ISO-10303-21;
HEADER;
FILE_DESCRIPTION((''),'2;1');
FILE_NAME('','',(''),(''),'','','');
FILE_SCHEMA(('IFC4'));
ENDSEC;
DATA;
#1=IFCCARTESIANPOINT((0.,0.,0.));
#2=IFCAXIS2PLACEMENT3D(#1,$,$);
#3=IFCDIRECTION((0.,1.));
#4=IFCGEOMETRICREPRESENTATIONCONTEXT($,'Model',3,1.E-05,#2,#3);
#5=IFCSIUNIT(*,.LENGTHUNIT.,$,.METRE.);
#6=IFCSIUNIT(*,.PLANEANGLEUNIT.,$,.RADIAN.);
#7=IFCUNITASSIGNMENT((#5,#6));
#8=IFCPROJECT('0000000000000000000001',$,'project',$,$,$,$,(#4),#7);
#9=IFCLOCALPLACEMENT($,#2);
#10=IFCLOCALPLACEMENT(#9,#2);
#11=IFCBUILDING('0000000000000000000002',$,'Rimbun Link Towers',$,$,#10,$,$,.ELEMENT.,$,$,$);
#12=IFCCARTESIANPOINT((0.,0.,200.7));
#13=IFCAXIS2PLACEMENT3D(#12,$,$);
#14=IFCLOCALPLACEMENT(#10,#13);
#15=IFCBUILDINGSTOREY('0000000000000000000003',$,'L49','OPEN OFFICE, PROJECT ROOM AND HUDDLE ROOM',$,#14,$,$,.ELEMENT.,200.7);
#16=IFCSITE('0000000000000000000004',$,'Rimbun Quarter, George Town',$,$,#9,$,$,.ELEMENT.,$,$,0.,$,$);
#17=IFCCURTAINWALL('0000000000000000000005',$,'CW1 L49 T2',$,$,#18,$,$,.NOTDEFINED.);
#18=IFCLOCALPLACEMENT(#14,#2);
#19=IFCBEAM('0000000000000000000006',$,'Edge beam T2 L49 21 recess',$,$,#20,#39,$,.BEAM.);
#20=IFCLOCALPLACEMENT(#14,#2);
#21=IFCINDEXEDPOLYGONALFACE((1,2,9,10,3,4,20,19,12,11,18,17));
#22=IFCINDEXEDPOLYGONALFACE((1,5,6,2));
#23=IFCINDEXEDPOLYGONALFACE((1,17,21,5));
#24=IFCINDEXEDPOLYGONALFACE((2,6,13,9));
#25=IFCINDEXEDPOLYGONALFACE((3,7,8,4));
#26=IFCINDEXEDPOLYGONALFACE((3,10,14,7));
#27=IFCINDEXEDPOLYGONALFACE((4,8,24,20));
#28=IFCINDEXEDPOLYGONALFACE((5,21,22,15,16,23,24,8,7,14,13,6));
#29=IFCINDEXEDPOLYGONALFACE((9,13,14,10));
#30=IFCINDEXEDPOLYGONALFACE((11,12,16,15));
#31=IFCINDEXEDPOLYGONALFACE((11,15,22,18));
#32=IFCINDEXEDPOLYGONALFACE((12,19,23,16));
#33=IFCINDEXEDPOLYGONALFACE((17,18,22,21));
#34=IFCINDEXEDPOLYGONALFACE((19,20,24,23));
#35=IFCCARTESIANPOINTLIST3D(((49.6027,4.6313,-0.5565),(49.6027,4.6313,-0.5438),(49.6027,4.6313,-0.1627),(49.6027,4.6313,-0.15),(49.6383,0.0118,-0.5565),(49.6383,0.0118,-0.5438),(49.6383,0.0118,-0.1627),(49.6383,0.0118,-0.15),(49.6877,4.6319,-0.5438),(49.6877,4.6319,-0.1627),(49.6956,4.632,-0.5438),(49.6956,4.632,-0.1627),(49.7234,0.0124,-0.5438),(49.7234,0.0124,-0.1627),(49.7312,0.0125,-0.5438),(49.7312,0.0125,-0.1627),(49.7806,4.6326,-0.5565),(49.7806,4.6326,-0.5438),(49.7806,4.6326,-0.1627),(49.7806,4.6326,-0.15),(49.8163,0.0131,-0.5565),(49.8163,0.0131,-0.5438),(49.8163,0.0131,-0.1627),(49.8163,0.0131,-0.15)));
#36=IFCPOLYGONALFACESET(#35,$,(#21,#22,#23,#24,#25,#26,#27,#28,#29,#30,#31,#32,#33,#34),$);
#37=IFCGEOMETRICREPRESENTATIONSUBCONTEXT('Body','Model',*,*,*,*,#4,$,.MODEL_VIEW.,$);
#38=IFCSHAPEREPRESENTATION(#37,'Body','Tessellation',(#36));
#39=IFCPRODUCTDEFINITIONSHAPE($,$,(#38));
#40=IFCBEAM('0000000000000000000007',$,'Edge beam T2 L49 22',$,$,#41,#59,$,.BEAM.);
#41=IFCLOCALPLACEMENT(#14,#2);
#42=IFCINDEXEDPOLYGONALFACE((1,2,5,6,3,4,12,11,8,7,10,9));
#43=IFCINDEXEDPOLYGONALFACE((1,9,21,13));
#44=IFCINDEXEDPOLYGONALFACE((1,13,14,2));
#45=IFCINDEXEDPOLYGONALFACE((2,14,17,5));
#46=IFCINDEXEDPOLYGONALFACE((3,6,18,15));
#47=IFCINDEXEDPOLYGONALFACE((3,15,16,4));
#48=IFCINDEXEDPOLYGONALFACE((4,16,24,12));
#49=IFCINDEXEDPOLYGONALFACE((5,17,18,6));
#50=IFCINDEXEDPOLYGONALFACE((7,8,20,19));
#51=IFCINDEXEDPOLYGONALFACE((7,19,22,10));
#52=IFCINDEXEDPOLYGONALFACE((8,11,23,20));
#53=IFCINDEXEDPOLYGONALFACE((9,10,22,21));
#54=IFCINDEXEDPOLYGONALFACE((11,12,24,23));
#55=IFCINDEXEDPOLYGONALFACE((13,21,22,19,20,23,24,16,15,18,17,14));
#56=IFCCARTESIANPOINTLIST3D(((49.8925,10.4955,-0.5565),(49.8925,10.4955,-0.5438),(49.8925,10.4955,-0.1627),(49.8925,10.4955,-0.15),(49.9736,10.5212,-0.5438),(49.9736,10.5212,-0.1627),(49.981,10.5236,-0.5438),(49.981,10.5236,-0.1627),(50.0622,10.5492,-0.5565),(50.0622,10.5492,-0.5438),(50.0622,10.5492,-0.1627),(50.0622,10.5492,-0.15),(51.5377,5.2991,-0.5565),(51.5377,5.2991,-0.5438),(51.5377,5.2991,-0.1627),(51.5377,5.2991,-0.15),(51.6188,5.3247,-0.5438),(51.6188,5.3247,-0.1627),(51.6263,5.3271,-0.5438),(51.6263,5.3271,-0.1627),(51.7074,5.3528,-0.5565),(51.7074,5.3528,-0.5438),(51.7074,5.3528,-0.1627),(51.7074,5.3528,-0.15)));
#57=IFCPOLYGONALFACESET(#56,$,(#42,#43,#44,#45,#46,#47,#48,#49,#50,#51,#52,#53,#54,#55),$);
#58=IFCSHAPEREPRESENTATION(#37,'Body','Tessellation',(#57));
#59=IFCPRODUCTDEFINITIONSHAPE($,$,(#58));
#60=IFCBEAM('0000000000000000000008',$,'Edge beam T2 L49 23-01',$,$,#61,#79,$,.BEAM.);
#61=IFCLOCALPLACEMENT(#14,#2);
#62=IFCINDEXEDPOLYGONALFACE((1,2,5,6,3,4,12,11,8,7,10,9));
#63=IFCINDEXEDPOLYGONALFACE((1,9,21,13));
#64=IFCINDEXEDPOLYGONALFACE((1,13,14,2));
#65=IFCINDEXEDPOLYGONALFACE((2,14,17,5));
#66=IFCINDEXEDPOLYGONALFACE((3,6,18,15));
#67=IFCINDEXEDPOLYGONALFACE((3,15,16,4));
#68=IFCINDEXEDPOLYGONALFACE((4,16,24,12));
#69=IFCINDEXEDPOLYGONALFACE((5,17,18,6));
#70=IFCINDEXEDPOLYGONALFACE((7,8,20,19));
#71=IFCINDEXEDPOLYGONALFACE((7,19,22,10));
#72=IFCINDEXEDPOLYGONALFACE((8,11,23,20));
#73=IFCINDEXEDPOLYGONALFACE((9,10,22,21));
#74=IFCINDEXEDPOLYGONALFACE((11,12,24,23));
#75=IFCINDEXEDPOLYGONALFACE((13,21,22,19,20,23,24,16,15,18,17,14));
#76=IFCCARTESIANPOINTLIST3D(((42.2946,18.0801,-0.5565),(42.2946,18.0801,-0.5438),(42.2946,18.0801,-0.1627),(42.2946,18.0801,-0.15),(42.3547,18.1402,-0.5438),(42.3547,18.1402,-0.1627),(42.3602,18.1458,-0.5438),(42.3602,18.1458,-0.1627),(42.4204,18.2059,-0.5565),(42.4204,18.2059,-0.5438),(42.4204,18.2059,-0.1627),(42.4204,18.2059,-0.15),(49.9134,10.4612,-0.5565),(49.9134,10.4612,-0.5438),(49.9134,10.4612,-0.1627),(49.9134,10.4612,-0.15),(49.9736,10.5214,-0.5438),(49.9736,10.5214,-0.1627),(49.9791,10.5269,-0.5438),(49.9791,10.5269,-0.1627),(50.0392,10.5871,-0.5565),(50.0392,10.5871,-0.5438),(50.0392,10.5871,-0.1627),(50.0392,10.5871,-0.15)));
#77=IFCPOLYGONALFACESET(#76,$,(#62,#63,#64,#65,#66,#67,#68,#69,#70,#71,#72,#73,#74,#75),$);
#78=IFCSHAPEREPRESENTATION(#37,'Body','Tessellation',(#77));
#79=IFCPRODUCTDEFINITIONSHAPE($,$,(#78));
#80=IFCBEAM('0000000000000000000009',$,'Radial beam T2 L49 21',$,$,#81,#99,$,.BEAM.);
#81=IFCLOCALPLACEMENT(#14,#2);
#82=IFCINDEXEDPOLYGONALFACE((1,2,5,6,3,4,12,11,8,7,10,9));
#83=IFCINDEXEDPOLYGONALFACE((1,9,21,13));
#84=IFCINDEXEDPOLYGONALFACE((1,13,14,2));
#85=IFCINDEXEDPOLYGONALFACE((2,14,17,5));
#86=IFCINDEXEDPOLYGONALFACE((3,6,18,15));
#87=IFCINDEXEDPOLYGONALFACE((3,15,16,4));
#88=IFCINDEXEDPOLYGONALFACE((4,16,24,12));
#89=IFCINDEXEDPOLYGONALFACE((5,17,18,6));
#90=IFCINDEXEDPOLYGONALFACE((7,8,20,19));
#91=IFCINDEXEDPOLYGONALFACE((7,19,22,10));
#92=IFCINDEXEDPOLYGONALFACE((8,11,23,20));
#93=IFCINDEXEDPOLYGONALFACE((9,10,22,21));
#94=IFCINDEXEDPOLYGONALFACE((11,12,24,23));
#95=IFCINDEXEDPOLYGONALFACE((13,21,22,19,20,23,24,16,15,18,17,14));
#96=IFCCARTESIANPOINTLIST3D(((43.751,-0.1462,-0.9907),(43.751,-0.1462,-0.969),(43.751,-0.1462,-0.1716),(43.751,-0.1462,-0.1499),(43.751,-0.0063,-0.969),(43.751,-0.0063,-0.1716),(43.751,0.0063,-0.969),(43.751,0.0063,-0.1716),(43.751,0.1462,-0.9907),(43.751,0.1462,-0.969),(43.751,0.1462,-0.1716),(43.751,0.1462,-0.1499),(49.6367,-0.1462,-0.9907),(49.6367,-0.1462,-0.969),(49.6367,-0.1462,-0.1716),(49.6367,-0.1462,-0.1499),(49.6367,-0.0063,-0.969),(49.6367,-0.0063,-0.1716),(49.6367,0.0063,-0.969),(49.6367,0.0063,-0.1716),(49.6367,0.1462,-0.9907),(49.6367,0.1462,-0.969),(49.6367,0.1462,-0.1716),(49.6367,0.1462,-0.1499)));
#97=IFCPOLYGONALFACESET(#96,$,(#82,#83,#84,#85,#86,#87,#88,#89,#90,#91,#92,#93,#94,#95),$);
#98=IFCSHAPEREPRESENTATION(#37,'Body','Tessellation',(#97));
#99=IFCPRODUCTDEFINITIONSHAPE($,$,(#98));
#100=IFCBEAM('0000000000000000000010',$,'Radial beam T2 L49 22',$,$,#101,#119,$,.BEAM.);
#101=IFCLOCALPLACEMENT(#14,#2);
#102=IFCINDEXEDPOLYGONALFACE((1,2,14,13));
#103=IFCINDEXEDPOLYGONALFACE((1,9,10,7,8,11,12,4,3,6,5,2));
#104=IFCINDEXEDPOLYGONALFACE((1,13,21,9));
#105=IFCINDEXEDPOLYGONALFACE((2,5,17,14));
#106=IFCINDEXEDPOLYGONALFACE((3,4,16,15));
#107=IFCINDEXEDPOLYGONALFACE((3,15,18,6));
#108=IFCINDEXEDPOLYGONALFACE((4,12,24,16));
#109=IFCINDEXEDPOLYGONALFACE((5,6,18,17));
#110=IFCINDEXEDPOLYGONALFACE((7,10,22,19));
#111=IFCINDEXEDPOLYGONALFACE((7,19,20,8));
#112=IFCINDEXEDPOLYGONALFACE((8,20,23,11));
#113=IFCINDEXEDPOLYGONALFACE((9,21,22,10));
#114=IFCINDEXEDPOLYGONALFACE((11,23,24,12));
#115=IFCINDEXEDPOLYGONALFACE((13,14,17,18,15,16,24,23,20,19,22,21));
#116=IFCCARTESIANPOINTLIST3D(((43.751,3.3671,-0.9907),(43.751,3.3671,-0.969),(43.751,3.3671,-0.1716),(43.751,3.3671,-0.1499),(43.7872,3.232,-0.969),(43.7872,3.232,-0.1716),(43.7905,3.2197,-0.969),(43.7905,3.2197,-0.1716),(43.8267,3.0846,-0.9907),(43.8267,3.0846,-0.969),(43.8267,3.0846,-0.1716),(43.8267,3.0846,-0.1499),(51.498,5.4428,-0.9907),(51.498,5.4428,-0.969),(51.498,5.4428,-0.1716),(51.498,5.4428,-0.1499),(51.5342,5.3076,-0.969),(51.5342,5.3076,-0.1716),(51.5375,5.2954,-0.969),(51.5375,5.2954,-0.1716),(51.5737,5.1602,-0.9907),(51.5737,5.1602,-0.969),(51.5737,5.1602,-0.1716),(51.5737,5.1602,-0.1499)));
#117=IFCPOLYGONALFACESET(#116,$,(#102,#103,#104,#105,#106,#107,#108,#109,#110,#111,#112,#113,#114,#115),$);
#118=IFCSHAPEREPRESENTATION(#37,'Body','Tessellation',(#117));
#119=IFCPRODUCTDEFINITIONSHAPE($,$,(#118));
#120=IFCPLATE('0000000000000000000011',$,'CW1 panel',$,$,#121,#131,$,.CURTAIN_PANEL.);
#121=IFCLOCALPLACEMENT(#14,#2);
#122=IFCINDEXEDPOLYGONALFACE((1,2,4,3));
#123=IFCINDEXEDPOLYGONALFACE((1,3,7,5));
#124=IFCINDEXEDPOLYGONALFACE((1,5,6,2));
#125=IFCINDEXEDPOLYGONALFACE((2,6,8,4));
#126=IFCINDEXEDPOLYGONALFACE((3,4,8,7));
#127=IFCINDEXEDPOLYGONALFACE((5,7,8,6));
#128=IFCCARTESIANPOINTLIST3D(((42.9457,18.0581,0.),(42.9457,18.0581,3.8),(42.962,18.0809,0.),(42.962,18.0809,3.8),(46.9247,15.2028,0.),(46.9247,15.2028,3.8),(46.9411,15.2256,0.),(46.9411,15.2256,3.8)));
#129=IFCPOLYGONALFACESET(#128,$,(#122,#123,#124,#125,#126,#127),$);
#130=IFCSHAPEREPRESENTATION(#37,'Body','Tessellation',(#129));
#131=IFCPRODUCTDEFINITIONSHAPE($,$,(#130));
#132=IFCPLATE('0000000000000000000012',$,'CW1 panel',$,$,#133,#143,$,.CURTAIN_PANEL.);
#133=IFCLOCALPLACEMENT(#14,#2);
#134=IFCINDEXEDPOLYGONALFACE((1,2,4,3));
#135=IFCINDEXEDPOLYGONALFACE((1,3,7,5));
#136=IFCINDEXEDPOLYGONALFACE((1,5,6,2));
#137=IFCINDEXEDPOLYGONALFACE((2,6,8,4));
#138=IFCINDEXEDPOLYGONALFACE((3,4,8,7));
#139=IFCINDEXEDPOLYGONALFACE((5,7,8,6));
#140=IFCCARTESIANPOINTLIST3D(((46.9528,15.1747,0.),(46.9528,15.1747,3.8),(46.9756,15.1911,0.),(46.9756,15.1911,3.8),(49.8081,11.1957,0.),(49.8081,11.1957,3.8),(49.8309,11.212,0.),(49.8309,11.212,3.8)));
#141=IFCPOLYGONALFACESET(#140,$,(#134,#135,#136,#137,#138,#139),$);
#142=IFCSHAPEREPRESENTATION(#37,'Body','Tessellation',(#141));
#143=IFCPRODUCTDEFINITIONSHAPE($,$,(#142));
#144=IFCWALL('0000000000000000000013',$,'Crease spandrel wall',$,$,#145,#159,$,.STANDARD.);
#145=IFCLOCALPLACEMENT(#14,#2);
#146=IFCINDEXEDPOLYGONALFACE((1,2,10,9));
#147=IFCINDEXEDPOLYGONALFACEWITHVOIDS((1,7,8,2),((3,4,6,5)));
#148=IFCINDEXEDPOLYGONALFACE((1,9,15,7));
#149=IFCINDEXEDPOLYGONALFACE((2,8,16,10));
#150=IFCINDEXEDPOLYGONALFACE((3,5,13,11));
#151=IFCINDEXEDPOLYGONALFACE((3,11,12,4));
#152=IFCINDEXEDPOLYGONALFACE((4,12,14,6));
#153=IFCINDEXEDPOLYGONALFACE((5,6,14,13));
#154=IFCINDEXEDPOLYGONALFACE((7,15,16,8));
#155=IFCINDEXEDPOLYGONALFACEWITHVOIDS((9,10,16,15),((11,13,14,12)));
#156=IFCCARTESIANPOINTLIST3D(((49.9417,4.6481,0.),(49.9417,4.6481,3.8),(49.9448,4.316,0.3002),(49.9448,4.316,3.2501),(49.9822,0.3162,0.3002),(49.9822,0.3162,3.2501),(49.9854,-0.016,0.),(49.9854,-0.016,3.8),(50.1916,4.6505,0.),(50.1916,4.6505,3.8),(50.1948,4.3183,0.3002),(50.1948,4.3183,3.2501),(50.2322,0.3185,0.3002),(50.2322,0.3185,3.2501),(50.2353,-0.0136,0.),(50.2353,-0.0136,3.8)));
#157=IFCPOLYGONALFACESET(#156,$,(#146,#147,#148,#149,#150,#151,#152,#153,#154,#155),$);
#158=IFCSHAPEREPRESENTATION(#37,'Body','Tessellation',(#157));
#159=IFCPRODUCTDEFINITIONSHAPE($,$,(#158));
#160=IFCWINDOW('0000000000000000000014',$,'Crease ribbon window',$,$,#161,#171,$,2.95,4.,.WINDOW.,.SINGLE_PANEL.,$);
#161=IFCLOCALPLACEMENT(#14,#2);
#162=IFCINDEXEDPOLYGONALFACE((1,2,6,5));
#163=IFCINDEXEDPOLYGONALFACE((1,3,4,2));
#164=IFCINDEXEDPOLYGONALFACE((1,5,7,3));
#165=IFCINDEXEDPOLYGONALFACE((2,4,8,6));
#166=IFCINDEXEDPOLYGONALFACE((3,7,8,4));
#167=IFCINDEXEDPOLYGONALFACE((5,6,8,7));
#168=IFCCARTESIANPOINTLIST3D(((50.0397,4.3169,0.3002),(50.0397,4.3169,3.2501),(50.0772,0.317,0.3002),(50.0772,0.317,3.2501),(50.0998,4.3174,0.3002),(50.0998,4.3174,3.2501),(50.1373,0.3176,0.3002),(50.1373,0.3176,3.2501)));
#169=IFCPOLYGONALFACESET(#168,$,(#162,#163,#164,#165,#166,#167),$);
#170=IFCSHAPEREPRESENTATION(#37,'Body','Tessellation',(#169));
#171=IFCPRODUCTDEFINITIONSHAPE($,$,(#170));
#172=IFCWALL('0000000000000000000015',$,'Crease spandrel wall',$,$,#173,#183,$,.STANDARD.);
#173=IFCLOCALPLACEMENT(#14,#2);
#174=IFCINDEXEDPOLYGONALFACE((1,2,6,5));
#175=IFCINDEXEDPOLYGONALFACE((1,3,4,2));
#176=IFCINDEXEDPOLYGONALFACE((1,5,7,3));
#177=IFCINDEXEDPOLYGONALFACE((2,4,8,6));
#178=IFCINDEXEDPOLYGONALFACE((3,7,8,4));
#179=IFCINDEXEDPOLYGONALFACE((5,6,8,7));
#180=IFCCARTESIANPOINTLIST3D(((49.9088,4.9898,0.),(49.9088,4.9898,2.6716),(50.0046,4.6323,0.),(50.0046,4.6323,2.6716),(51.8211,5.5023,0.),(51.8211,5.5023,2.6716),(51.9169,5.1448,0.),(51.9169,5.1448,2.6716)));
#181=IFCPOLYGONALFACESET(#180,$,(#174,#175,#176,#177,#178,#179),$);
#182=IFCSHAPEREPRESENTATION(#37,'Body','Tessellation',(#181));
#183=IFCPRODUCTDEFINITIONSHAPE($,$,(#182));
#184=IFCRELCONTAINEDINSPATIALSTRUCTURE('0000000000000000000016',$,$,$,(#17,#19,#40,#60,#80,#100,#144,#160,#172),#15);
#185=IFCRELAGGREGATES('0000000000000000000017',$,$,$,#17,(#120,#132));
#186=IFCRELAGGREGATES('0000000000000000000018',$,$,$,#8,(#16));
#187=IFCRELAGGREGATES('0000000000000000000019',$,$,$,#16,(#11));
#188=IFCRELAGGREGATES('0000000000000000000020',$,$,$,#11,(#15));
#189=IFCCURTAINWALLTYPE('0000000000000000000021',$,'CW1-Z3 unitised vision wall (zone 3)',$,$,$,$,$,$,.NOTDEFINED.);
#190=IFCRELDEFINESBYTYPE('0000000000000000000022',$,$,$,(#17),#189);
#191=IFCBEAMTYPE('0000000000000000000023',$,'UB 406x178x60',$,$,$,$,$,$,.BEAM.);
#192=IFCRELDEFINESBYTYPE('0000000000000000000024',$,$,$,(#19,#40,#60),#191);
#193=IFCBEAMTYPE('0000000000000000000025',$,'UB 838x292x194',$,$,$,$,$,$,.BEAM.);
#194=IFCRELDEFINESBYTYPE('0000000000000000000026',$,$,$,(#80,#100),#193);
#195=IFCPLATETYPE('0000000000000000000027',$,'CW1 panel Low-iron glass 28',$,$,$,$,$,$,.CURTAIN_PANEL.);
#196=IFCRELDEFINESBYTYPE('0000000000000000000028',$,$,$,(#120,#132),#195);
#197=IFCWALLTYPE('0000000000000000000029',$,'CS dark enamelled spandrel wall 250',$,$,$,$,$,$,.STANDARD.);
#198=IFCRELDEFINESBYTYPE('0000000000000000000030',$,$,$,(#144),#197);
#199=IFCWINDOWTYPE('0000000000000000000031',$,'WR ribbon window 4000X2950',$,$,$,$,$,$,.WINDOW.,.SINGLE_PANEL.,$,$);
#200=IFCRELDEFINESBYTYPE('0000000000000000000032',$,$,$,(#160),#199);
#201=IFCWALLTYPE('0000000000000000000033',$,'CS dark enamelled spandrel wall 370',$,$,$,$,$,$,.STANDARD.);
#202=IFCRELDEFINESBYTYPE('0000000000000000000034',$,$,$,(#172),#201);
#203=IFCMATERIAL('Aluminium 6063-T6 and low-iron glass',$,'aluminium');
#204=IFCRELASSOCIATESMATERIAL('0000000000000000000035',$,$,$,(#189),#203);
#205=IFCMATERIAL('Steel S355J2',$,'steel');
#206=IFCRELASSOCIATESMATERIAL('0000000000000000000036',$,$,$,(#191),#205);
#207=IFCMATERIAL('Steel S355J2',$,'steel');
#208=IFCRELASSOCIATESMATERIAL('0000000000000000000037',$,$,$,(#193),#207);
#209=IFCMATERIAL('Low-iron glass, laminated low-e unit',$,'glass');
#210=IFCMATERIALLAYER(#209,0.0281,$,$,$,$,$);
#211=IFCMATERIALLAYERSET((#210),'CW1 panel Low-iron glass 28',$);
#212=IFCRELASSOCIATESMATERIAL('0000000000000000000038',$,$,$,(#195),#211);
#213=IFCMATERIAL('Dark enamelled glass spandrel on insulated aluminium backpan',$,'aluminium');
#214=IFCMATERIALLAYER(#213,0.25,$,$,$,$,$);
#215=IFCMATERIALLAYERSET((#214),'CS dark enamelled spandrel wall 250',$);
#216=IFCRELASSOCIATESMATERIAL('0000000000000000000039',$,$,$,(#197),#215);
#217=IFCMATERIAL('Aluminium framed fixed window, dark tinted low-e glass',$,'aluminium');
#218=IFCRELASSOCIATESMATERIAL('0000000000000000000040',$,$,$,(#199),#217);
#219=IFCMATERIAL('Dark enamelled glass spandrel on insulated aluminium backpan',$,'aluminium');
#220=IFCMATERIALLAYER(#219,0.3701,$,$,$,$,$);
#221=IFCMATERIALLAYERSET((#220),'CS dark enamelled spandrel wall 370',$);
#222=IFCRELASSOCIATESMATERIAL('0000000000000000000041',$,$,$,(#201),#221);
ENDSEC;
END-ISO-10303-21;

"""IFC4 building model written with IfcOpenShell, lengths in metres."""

from ifc_helpers import new_model, si_unit, direction, frame, frame_2d, origin, origin_2d, place, context, subcontext, project, spatial, rectangle, i_section, extrude, material, layer, layer_set, material_profile, profile_set, type_object, element, fill, aggregate, save


model = new_model("IFC4")

# Units and contexts
model_context = context("Model", 3, precision=1e-05, world=origin(), true_north=direction((0.0, 1.0)))
body_context = subcontext(model_context, "Body", "Model", "MODEL_VIEW")
ifc_project = project(units=[si_unit("LENGTHUNIT", "METRE"), si_unit("PLANEANGLEUNIT", "RADIAN")], contexts=[model_context])

# Site, building, storey
site_placement = place(None, origin())
site = spatial("IfcSite", under=ifc_project, at=site_placement, Name="Rimbun Quarter, George Town", CompositionType="ELEMENT", RefElevation=0.0)
building_placement = place(site_placement, origin())
building = spatial("IfcBuilding", under=site, at=building_placement, Name="Rimbun Link Towers", CompositionType="ELEMENT")
storey_placement = place(building_placement, frame((0.0, 0.0, 200.7)))
storey = spatial("IfcBuildingStorey", under=building, at=storey_placement, Name="L49", Description="OPEN OFFICE, PROJECT ROOM AND HUDDLE ROOM", CompositionType="ELEMENT", Elevation=200.7)

# Curtain wall
ifc_material_1 = material(Name="Aluminium 6063-T6 and low-iron glass", Category="aluminium")
curtain_wall_type = type_object("IfcCurtainWallType", Name="CW1-Z3 unitised vision wall (zone 3)", PredefinedType="NOTDEFINED", material=ifc_material_1)
curtain_wall_placement = place(storey_placement, origin())
curtain_wall = element("IfcCurtainWall", 1, at=curtain_wall_placement, inside=storey, type_object=curtain_wall_type, Name="CW1 L49 T2", PredefinedType="NOTDEFINED")

# Beams
ifc_material_2 = material(Name="Steel S355J2", Category="steel")
ifc_material_profile_1 = material_profile(ifc_material_2, i_section(OverallWidth=0.178, OverallDepth=0.4065, WebThickness=0.0078, FlangeThickness=0.0127, at=origin_2d()), Name="UB 406x178x60")
ifc_profile_set_1 = profile_set([ifc_material_profile_1], Name="Steel S355J2")
beam_type_1 = type_object("IfcBeamType", Name="UB 406x178x60", PredefinedType="BEAM", material=ifc_profile_set_1)
beam_1_placement = place(storey_placement, frame((49.7273, 0.0125, -0.3533), z_axis=(-0.007716, 0.99997, 0.0), x_axis=(-0.99997, -0.007716, 0.0)))
element("IfcBeam", 2, at=beam_1_placement, inside=storey, type_object=beam_type_1, Name="Edge beam T2 L49 21 recess", PredefinedType="BEAM", context=body_context, shape_type="SweptSolid", body=[
    extrude(i_section(OverallWidth=0.178, OverallDepth=0.4065, WebThickness=0.0078, FlangeThickness=0.0127, at=origin_2d()), origin(), (0.0, 0.0, 1.0), 4.6196),
])
beam_2_placement = place(storey_placement, frame((51.6226, 5.3259, -0.3533), z_axis=(-0.301841, 0.953358, 0.0), x_axis=(-0.953358, -0.301841, 0.0)))
element("IfcBeam", 3, at=beam_2_placement, inside=storey, type_object=beam_type_1, Name="Edge beam T2 L49 22", PredefinedType="BEAM", context=body_context, shape_type="SweptSolid", body=[
    extrude(i_section(OverallWidth=0.178, OverallDepth=0.4065, WebThickness=0.0078, FlangeThickness=0.0127, at=origin_2d()), origin(), (0.0, 0.0, 1.0), 5.4507),
])
beam_3_placement = place(storey_placement, frame((49.9763, 10.5242, -0.3533), z_axis=(-0.707107, 0.707107, 0.0), x_axis=(-0.707107, -0.707107, 0.0)))
element("IfcBeam", 4, at=beam_3_placement, inside=storey, type_object=beam_type_1, Name="Edge beam T2 L49 23-01", PredefinedType="BEAM", context=body_context, shape_type="SweptSolid", body=[
    extrude(i_section(OverallWidth=0.178, OverallDepth=0.4065, WebThickness=0.0078, FlangeThickness=0.0127, at=origin_2d()), origin(), (0.0, 0.0, 1.0), 10.7747),
])
ifc_material_3 = material(Name="Steel S355J2", Category="steel")
ifc_material_profile_2 = material_profile(ifc_material_3, i_section(OverallWidth=0.2925, OverallDepth=0.8408, WebThickness=0.0127, FlangeThickness=0.0217, at=origin_2d()), Name="UB 838x292x194")
ifc_profile_set_2 = profile_set([ifc_material_profile_2], Name="Steel S355J2")
beam_type_2 = type_object("IfcBeamType", Name="UB 838x292x194", PredefinedType="BEAM", material=ifc_profile_set_2)
beam_4_placement = place(storey_placement, frame((43.751, 0.0, -0.5703), z_axis=(1.0, 0.0, 0.0), x_axis=(0.0, 1.0, 0.0)))
element("IfcBeam", 5, at=beam_4_placement, inside=storey, type_object=beam_type_2, Name="Radial beam T2 L49 21", PredefinedType="BEAM", context=body_context, shape_type="SweptSolid", body=[
    extrude(i_section(OverallWidth=0.2925, OverallDepth=0.8408, WebThickness=0.0127, FlangeThickness=0.0217, at=origin_2d()), origin(), (0.0, 0.0, 1.0), 5.8857),
])
beam_5_placement = place(storey_placement, frame((43.7888, 3.2258, -0.5703), z_axis=(0.96593, 0.258803, 0.0), x_axis=(-0.258803, 0.96593, 0.0)))
element("IfcBeam", 6, at=beam_5_placement, inside=storey, type_object=beam_type_2, Name="Radial beam T2 L49 22", PredefinedType="BEAM", context=body_context, shape_type="SweptSolid", body=[
    extrude(i_section(OverallWidth=0.2925, OverallDepth=0.8408, WebThickness=0.0127, FlangeThickness=0.0217, at=origin_2d()), origin(), (0.0, 0.0, 1.0), 8.0203),
])

# Plates
ifc_material_4 = material(Name="Low-iron glass, laminated low-e unit", Category="glass")
ifc_layer_1 = layer(ifc_material_4, 0.0281)
ifc_layer_set_1 = layer_set([ifc_layer_1], Name="CW1 panel Low-iron glass 28")
plate_type = type_object("IfcPlateType", Name="CW1 panel Low-iron glass 28", PredefinedType="CURTAIN_PANEL", material=ifc_layer_set_1)
plate_1_placement = place(storey_placement, frame((44.9434, 16.6418, 0.0), z_axis=(0.0, 0.0, 1.0), x_axis=(0.812465, -0.583009, 0.0)))
plate_1 = element("IfcPlate", 7, at=plate_1_placement, type_object=plate_type, Name="CW1 panel", PredefinedType="CURTAIN_PANEL", context=body_context, shape_type="SweptSolid", body=[
    extrude(rectangle(XDim=4.8975, YDim=0.0281, at=origin_2d()), origin(), (0.0, 0.0, 1.0), 3.8),
])
plate_2_placement = place(storey_placement, frame((48.3918, 13.1934, 0.0), z_axis=(0.0, 0.0, 1.0), x_axis=(0.583009, -0.812465, 0.0)))
plate_2 = element("IfcPlate", 8, at=plate_2_placement, type_object=plate_type, Name="CW1 panel", PredefinedType="CURTAIN_PANEL", context=body_context, shape_type="SweptSolid", body=[
    extrude(rectangle(XDim=4.8975, YDim=0.0281, at=origin_2d()), origin(), (0.0, 0.0, 1.0), 3.8),
])
aggregate(curtain_wall, [plate_1, plate_2])

# Wall, opening, window
ifc_material_5 = material(Name="Dark enamelled glass spandrel on insulated aluminium backpan", Category="aluminium")
ifc_layer_2 = layer(ifc_material_5, 0.25)
ifc_layer_set_2 = layer_set([ifc_layer_2], Name="CS dark enamelled spandrel wall 250")
wall_type_1 = type_object("IfcWallType", Name="CS dark enamelled spandrel wall 250", PredefinedType="STANDARD", material=ifc_layer_set_2)
wall_1_placement = place(storey_placement, frame((50.0667, 4.6492, 0.0), z_axis=(0.0, 0.0, 1.0), x_axis=(0.009369, -0.999956, 0.0)))
wall_1 = element("IfcWall", 9, at=wall_1_placement, inside=storey, type_object=wall_type_1, Name="Crease spandrel wall", PredefinedType="STANDARD", context=body_context, shape_type="SweptSolid", body=[
    extrude(rectangle(XDim=4.6643, YDim=0.25, at=frame_2d((2.332, 0.0))), origin(), (0.0, 0.0, 1.0), 3.8),
])
opening_1_placement = place(wall_1_placement, frame((0.332, 0.0, 0.3)))
opening_1 = element("IfcOpeningElement", 10, at=opening_1_placement, cuts=wall_1, PredefinedType="OPENING", context=body_context, shape_type="SweptSolid", body=[
    extrude(rectangle(XDim=4.0, YDim=2.95, at=frame_2d((2.0, 1.4751))), frame((0.0, 0.135, 0.0), z_axis=(0.0, -1.0, 0.0), x_axis=(1.0, 0.0, 0.0)), (0.0, 0.0, 1.0), 0.27),
])
ifc_material_6 = material(Name="Aluminium framed fixed window, dark tinted low-e glass", Category="aluminium")
window_type = type_object("IfcWindowType", Name="WR ribbon window 4000X2950", PartitioningType="SINGLE_PANEL", PredefinedType="WINDOW", material=ifc_material_6)
window_placement = place(opening_1_placement, origin())
window = element("IfcWindow", 11, at=window_placement, inside=storey, type_object=window_type, Name="Crease ribbon window", OverallHeight=2.95, OverallWidth=4.0, PartitioningType="SINGLE_PANEL", PredefinedType="WINDOW", context=body_context, shape_type="SweptSolid", body=[
    extrude(rectangle(XDim=4.0, YDim=2.95, at=frame_2d((2.0, 1.4751))), frame((0.0, 0.03, 0.0), z_axis=(0.0, -1.0, 0.0), x_axis=(1.0, 0.0, 0.0)), (0.0, 0.0, 1.0), 0.0601),
])
fill(opening_1, window)

# Wall
ifc_material_7 = material(Name="Dark enamelled glass spandrel on insulated aluminium backpan", Category="aluminium")
ifc_layer_3 = layer(ifc_material_7, 0.3701)
ifc_layer_set_3 = layer_set([ifc_layer_3], Name="CS dark enamelled spandrel wall 370")
wall_type_2 = type_object("IfcWallType", Name="CS dark enamelled spandrel wall 370", PredefinedType="STANDARD", material=ifc_layer_set_3)
wall_2_placement = place(storey_placement, frame((51.8689, 5.3235, 0.0), z_axis=(0.0, 0.0, 1.0), x_axis=(-0.965921, -0.258837, 0.0)))
element("IfcWall", 12, at=wall_2_placement, inside=storey, type_object=wall_type_2, Name="Crease spandrel wall", PredefinedType="STANDARD", context=body_context, shape_type="SweptSolid", body=[
    extrude(rectangle(XDim=1.9797, YDim=0.3701, at=frame_2d((0.9897, 0.0))), origin(), (0.0, 0.0, 1.0), 2.6716),
])

save(model, "model.ifc")
